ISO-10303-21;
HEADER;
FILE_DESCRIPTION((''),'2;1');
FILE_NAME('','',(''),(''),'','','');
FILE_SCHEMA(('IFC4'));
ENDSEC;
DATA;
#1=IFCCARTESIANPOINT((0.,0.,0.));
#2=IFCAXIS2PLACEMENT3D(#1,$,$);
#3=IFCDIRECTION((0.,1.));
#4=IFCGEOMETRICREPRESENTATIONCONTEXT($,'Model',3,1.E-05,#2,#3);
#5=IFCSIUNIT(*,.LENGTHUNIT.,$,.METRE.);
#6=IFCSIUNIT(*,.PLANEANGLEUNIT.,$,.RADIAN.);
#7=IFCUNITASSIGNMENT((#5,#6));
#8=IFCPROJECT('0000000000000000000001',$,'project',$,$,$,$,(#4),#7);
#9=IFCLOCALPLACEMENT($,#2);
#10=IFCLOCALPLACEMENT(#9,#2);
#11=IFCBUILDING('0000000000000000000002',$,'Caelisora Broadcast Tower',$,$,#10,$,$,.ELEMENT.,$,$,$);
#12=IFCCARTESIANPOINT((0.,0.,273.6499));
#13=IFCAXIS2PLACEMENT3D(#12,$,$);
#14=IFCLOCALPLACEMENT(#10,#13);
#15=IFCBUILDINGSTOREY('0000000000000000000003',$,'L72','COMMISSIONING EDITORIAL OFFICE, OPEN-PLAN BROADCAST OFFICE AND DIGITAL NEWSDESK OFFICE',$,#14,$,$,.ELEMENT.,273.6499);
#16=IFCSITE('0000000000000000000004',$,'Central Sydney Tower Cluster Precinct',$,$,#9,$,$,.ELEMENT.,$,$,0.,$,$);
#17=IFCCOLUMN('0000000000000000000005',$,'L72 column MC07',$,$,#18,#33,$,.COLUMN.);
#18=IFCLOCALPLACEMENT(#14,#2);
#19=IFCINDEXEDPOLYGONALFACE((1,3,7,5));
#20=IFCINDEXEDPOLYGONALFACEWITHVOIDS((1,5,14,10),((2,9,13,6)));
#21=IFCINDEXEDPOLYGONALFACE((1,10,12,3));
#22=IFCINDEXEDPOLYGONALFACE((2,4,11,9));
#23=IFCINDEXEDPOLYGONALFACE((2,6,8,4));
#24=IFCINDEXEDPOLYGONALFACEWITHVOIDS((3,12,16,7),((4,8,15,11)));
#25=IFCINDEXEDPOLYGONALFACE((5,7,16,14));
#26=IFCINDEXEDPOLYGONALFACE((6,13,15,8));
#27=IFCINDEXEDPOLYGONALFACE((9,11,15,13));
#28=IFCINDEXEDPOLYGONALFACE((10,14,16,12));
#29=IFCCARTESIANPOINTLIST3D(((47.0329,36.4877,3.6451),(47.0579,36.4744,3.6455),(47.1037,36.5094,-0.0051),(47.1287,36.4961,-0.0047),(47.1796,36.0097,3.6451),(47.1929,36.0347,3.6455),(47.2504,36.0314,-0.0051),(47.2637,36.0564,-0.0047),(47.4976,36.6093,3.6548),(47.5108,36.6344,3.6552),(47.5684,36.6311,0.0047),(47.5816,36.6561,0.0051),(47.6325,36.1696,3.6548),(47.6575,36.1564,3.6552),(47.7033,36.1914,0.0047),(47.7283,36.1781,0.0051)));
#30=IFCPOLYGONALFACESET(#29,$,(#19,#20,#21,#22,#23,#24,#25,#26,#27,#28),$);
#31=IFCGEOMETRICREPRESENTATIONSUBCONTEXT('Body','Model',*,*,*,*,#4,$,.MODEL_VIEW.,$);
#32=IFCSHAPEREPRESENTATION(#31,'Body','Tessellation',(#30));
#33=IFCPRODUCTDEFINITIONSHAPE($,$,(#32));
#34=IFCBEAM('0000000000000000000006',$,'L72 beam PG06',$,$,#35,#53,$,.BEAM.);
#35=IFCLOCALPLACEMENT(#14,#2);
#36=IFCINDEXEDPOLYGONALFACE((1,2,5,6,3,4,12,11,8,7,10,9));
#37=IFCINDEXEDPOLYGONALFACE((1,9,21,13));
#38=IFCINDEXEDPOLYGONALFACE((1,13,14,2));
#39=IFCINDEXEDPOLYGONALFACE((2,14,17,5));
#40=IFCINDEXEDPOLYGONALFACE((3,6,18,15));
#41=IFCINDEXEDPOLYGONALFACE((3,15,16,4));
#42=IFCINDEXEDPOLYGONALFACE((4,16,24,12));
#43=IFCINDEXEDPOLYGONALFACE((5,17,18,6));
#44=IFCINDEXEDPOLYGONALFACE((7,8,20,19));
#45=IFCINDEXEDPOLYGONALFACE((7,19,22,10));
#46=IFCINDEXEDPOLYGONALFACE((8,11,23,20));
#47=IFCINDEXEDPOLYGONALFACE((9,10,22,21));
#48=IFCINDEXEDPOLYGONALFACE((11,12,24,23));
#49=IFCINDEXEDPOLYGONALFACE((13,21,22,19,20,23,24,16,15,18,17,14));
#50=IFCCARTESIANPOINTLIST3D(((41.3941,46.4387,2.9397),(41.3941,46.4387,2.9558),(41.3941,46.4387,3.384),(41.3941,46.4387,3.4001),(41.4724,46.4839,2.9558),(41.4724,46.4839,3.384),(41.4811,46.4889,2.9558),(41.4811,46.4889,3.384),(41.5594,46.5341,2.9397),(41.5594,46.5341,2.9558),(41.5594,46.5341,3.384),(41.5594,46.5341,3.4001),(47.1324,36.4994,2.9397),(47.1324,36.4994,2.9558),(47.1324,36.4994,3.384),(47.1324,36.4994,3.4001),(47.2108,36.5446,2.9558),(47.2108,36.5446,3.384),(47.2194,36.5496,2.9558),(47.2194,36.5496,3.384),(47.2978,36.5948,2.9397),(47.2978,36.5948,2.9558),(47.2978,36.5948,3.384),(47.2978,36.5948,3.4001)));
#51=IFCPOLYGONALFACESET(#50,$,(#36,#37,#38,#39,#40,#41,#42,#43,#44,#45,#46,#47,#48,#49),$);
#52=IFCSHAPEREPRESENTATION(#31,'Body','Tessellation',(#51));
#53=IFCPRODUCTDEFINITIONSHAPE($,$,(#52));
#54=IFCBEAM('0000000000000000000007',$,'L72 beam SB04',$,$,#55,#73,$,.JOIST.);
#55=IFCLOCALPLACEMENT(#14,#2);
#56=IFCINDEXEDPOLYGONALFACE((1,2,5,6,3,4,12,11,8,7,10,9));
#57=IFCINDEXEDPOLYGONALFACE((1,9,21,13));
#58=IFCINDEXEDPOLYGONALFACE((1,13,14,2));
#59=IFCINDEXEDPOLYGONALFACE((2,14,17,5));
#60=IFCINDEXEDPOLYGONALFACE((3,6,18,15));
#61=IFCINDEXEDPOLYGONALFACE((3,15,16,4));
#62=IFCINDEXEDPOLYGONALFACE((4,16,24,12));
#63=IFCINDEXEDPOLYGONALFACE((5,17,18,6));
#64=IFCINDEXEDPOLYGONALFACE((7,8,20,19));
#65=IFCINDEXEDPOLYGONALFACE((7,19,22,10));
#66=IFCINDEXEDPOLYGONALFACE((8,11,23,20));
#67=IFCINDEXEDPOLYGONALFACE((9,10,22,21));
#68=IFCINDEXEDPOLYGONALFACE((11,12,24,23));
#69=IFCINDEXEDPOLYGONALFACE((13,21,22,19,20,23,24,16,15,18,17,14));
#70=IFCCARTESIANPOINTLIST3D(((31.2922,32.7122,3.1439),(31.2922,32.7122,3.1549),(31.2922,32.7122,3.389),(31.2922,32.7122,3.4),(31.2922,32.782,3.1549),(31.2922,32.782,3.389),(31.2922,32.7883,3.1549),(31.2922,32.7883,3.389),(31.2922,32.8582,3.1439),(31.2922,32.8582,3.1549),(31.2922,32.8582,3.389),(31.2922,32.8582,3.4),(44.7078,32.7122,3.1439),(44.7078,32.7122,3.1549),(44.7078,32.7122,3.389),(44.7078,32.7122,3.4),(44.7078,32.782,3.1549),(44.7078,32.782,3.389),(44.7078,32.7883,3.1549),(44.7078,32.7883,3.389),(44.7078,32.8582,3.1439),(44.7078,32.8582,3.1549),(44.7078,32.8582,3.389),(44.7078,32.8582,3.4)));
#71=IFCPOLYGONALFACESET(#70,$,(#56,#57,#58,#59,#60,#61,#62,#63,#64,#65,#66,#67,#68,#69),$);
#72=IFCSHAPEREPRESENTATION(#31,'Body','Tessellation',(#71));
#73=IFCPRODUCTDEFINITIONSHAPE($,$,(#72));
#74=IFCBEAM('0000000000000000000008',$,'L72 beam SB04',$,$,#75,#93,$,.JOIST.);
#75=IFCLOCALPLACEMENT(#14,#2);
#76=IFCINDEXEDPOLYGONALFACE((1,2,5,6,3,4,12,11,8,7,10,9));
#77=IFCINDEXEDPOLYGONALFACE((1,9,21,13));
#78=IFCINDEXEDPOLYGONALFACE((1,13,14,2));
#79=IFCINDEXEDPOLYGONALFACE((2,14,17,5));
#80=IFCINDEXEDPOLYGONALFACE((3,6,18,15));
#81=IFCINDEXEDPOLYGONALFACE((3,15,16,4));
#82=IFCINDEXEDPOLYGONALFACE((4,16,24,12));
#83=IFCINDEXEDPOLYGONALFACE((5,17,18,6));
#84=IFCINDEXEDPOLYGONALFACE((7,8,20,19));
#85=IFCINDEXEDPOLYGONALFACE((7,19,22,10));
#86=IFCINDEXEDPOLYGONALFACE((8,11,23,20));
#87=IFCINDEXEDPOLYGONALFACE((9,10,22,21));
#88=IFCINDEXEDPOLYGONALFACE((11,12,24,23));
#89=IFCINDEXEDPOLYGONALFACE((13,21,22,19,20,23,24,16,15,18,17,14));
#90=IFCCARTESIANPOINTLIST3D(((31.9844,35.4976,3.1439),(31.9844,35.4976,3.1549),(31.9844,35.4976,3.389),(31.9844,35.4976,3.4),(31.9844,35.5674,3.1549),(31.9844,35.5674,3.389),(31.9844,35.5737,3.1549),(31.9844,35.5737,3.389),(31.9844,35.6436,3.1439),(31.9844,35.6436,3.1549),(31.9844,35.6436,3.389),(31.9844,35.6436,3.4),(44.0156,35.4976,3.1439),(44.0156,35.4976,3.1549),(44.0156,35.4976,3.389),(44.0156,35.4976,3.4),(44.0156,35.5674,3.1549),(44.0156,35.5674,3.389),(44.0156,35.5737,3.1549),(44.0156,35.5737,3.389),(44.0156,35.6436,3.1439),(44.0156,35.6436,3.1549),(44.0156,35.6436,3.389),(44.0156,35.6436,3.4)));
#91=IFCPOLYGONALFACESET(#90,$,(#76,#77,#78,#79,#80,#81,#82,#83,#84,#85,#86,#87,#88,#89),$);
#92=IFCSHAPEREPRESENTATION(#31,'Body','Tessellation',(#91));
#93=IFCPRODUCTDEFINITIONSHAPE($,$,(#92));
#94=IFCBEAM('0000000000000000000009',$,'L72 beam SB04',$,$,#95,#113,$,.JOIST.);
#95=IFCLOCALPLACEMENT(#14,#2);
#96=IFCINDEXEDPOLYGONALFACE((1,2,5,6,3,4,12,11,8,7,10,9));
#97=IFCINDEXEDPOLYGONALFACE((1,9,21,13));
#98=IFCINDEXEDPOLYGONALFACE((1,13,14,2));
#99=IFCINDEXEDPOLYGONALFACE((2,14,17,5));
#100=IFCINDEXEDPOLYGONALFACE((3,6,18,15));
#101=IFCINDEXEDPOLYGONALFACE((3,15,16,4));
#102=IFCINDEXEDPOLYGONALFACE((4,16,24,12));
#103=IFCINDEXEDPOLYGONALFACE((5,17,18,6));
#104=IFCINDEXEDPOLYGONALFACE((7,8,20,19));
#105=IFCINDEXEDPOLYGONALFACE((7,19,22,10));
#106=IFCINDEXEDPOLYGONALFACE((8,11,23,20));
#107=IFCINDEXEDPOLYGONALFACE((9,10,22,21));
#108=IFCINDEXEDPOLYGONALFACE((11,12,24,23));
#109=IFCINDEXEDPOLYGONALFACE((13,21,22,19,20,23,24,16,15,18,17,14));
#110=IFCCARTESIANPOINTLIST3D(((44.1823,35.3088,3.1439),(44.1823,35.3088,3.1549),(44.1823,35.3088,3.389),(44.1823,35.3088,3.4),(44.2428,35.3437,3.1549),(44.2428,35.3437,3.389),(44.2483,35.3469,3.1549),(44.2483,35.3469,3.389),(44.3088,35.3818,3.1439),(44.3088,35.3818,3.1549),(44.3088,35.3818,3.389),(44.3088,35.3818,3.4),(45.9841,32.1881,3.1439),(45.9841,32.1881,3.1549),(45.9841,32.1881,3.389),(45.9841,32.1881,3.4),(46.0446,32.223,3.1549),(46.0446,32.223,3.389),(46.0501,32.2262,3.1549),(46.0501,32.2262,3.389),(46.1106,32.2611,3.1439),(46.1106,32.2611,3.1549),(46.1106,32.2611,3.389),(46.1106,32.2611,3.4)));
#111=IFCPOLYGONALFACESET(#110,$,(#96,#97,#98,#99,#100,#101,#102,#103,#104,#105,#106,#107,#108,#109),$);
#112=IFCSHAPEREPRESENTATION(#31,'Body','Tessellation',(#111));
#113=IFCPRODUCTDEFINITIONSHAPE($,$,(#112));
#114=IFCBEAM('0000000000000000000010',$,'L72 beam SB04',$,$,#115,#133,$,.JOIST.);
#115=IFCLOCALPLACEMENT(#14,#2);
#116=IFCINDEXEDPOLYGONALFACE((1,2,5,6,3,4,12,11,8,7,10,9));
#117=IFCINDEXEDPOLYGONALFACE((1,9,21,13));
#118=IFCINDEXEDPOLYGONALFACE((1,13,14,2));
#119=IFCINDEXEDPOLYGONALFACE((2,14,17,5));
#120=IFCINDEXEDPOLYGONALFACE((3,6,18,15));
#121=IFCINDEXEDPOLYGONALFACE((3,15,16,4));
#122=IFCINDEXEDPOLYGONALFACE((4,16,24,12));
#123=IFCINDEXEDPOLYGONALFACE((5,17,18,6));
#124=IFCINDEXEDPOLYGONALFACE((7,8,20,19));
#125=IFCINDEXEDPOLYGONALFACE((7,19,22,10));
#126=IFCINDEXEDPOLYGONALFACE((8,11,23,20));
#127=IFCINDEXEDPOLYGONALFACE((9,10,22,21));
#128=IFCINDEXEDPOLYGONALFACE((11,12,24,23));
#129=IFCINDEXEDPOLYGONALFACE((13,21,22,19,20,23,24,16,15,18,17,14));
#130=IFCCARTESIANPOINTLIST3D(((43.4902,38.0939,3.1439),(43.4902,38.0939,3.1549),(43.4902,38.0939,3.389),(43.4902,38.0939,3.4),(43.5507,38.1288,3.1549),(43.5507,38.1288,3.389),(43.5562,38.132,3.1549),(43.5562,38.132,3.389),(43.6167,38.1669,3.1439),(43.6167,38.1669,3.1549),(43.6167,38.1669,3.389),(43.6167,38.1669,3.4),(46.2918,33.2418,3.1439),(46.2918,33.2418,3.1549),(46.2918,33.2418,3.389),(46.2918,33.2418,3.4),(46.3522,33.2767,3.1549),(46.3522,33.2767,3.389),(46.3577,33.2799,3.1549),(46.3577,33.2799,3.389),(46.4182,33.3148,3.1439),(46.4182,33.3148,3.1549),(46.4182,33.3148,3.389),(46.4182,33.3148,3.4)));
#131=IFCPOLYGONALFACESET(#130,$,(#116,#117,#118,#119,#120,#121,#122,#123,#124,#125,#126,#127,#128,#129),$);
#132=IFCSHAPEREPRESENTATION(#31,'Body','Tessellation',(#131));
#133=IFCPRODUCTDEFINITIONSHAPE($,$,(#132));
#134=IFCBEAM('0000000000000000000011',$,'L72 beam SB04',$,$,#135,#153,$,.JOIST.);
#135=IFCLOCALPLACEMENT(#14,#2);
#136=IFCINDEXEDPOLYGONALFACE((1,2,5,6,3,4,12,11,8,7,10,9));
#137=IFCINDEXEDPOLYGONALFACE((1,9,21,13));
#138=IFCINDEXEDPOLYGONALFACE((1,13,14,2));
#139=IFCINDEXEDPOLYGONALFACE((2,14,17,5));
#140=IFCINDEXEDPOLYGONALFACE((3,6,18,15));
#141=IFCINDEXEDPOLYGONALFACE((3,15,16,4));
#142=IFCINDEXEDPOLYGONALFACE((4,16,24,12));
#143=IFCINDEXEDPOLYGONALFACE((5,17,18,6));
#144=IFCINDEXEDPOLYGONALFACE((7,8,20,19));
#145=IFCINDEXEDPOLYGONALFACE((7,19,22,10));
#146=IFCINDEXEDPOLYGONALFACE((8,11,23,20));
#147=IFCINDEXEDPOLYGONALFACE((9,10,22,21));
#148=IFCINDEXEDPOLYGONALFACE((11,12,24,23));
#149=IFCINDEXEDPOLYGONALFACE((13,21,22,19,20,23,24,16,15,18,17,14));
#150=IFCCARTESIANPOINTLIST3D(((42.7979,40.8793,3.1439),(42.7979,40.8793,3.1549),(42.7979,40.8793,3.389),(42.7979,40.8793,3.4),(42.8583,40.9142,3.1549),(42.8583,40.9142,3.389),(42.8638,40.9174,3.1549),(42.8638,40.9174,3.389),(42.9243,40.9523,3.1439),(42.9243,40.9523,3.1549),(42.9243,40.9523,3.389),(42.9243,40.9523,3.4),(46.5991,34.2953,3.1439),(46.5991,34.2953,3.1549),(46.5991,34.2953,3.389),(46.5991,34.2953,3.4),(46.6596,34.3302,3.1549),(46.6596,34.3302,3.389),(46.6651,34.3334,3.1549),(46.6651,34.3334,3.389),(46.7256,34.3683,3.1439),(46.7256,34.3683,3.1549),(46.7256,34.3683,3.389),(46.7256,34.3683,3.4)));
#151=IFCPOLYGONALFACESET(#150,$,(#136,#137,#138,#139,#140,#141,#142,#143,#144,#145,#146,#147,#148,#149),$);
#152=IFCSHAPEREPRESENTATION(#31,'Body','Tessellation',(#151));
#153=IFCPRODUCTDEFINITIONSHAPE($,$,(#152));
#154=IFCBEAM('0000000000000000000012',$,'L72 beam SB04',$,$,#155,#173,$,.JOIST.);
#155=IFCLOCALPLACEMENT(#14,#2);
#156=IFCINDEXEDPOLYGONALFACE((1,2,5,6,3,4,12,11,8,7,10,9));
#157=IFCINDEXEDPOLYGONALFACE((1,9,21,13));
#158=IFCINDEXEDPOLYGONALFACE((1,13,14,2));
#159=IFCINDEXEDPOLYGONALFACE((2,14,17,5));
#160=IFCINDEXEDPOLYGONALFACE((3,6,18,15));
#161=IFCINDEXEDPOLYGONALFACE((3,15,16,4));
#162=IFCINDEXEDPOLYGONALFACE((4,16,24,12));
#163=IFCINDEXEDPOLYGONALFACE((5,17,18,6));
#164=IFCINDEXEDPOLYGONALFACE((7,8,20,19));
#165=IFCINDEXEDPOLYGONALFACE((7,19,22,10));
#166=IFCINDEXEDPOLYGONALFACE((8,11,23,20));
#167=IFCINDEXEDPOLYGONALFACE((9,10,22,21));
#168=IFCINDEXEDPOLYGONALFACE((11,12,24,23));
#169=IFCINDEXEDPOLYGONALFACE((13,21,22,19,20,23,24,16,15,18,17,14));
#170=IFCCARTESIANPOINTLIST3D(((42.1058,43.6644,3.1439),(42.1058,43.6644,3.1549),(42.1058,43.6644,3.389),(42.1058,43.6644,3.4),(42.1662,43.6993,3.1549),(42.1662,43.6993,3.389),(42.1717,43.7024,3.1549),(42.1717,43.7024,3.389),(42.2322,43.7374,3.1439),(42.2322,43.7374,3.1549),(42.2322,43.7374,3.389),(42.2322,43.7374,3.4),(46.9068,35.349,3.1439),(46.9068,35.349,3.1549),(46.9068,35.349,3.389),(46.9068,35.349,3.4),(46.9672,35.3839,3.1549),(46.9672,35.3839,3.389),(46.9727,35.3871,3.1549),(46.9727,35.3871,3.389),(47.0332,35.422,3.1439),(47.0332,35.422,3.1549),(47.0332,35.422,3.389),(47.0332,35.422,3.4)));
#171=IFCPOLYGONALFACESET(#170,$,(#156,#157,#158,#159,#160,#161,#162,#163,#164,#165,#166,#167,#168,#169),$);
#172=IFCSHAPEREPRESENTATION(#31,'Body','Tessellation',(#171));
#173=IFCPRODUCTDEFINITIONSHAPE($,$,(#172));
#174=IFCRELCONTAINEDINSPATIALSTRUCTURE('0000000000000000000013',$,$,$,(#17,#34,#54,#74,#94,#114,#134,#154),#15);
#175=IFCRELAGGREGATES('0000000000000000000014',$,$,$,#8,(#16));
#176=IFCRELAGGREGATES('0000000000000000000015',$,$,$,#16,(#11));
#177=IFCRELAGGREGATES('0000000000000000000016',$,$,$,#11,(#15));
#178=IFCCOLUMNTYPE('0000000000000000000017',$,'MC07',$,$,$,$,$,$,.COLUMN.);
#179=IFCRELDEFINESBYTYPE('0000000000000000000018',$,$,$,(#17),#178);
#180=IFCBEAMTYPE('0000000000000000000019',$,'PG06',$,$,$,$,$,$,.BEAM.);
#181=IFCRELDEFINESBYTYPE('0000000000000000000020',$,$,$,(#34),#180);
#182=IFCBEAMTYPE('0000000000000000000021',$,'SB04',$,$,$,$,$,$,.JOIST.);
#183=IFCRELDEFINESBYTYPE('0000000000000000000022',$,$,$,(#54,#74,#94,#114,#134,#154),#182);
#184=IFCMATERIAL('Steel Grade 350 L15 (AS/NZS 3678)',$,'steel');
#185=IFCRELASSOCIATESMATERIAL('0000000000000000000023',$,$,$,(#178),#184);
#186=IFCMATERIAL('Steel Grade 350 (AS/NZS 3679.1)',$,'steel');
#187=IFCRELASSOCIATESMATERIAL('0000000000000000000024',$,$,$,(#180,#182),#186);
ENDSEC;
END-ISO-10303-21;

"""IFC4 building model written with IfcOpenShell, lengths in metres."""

from ifc_helpers import new_model, si_unit, direction, frame, origin, origin_2d, place, context, subcontext, project, spatial, hollow_rectangle, i_section, extrude, source, transform, mapped, material, material_profile, profile_set, type_object, type_shapes, element, save


model = new_model("IFC4")

# Units and contexts
model_context = context("Model", 3, precision=1e-05, world=origin(), true_north=direction((0.0, 1.0)))
body_context = subcontext(model_context, "Body", "Model", "MODEL_VIEW")
ifc_project = project(units=[si_unit("LENGTHUNIT", "METRE"), si_unit("PLANEANGLEUNIT", "RADIAN")], contexts=[model_context])

# Site, building, storey
site_placement = place(None, origin())
site = spatial("IfcSite", under=ifc_project, at=site_placement, Name="Central Sydney Tower Cluster Precinct", CompositionType="ELEMENT", RefElevation=0.0)
building_placement = place(site_placement, origin())
building = spatial("IfcBuilding", under=site, at=building_placement, Name="Caelisora Broadcast Tower", CompositionType="ELEMENT")
storey_placement = place(building_placement, frame((0.0, 0.0, 273.6499)))
storey = spatial("IfcBuildingStorey", under=building, at=storey_placement, Name="L72", Description="COMMISSIONING EDITORIAL OFFICE, OPEN-PLAN BROADCAST OFFICE AND DIGITAL NEWSDESK OFFICE", CompositionType="ELEMENT", Elevation=273.6499)

# Column
ifc_material_1 = material(Name="Steel Grade 350 L15 (AS/NZS 3678)", Category="steel")
ifc_material_profile_1 = material_profile(ifc_material_1, hollow_rectangle(XDim=0.5, YDim=0.5, WallThickness=0.02, at=origin_2d()), Name="Steel Grade 350 L15 (AS/NZS 3678)")
ifc_profile_set_1 = profile_set([ifc_material_profile_1], Name="Steel Grade 350 L15 (AS/NZS 3678)")
column_type = type_object("IfcColumnType", Name="MC07", PredefinedType="COLUMN", material=ifc_profile_set_1)
shared_shape_1 = source(origin(), body_context, "Body", "SweptSolid", [
    extrude(hollow_rectangle(XDim=0.5, YDim=0.5, WallThickness=0.02, at=origin_2d()), origin(), (0.0, 0.0, 1.0), 3.6509),
])
type_shapes(column_type, [shared_shape_1])
column_placement = place(storey_placement, frame((47.416, 36.3438, 0.0), z_axis=(-0.019393, -0.005952, 0.999794), x_axis=(0.293391, -0.955993, 0.0)))
element("IfcColumn", 1, at=column_placement, inside=storey, type_object=column_type, Name="L72 column MC07", PredefinedType="COLUMN", context=body_context, shape_type="MappedRepresentation", body=[
    mapped(shared_shape_1, transform((0.0, 0.0, 0.0), scale=1.0)),
])

# Beams
ifc_material_2 = material(Name="Steel Grade 350 (AS/NZS 3679.1)", Category="steel")
ifc_material_profile_2 = material_profile(ifc_material_2, i_section(OverallWidth=0.1909, OverallDepth=0.4604, WebThickness=0.01, FlangeThickness=0.0161, at=origin_2d()), Name="Steel Grade 350 (AS/NZS 3679.1)")
ifc_profile_set_2 = profile_set([ifc_material_profile_2], Name="Steel Grade 350 (AS/NZS 3679.1)")
beam_type_1 = type_object("IfcBeamType", Name="PG06", PredefinedType="BEAM", material=ifc_profile_set_2)
shared_shape_2 = source(origin(), body_context, "Body", "SweptSolid", [
    extrude(i_section(OverallWidth=0.1909, OverallDepth=0.4604, WebThickness=0.01, FlangeThickness=0.0161, at=origin_2d()), origin(), (0.0, 0.0, 1.0), 11.4768),
])
type_shapes(beam_type_1, [shared_shape_2])
beam_1_placement = place(storey_placement, frame((47.2151, 36.5471, 3.1699), z_axis=(-0.499992, 0.86603, 0.0), x_axis=(-0.86603, -0.499992, 0.0)))
element("IfcBeam", 2, at=beam_1_placement, inside=storey, type_object=beam_type_1, Name="L72 beam PG06", PredefinedType="BEAM", context=body_context, shape_type="MappedRepresentation", body=[
    mapped(shared_shape_2, transform((0.0, 0.0, 0.0), scale=1.0)),
])
ifc_material_profile_3 = material_profile(ifc_material_2, i_section(OverallWidth=0.146, OverallDepth=0.2561, WebThickness=0.0063, FlangeThickness=0.011, at=origin_2d()), Name="Steel Grade 350 (AS/NZS 3679.1)")
ifc_profile_set_3 = profile_set([ifc_material_profile_3], Name="Steel Grade 350 (AS/NZS 3679.1)")
beam_type_2 = type_object("IfcBeamType", Name="SB04", PredefinedType="JOIST", material=ifc_profile_set_3)
shared_shape_3 = source(origin(), body_context, "Body", "SweptSolid", [
    extrude(i_section(OverallWidth=0.146, OverallDepth=0.2561, WebThickness=0.0063, FlangeThickness=0.011, at=origin_2d()), origin(), (0.0, 0.0, 1.0), 13.4155),
])
beam_2_placement = place(storey_placement, frame((44.7078, 32.7852, 3.272), z_axis=(-1.0, 0.0, 0.0), x_axis=(0.0, -1.0, 0.0)))
element("IfcBeam", 3, at=beam_2_placement, inside=storey, type_object=beam_type_2, Name="L72 beam SB04", PredefinedType="JOIST", context=body_context, shape_type="MappedRepresentation", body=[
    mapped(shared_shape_3, transform((0.0, 0.0, 0.0), scale=1.0)),
])
shared_shape_4 = source(origin(), body_context, "Body", "SweptSolid", [
    extrude(i_section(OverallWidth=0.146, OverallDepth=0.2561, WebThickness=0.0063, FlangeThickness=0.011, at=origin_2d()), origin(), (0.0, 0.0, 1.0), 12.0312),
])
beam_3_placement = place(storey_placement, frame((44.0156, 35.5706, 3.272), z_axis=(-1.0, 0.0, 0.0), x_axis=(0.0, -1.0, 0.0)))
element("IfcBeam", 4, at=beam_3_placement, inside=storey, type_object=beam_type_2, Name="L72 beam SB04", PredefinedType="JOIST", context=body_context, shape_type="MappedRepresentation", body=[
    mapped(shared_shape_4, transform((0.0, 0.0, 0.0), scale=1.0)),
])
shared_shape_5 = source(origin(), body_context, "Body", "SweptSolid", [
    extrude(i_section(OverallWidth=0.146, OverallDepth=0.2561, WebThickness=0.0063, FlangeThickness=0.011, at=origin_2d()), origin(), (0.0, 0.0, 1.0), 3.6035),
])
beam_4_placement = place(storey_placement, frame((46.0474, 32.2246, 3.272), z_axis=(-0.500016, 0.866016, 0.0), x_axis=(-0.866016, -0.500016, 0.0)))
element("IfcBeam", 5, at=beam_4_placement, inside=storey, type_object=beam_type_2, Name="L72 beam SB04", PredefinedType="JOIST", context=body_context, shape_type="MappedRepresentation", body=[
    mapped(shared_shape_5, transform((0.0, 0.0, 0.0), scale=1.0)),
])
shared_shape_6 = source(origin(), body_context, "Body", "SweptSolid", [
    extrude(i_section(OverallWidth=0.146, OverallDepth=0.2561, WebThickness=0.0063, FlangeThickness=0.011, at=origin_2d()), origin(), (0.0, 0.0, 1.0), 5.6028),
])
beam_5_placement = place(storey_placement, frame((46.355, 33.2783, 3.272), z_axis=(-0.500024, 0.866011, 0.0), x_axis=(-0.866011, -0.500024, 0.0)))
element("IfcBeam", 6, at=beam_5_placement, inside=storey, type_object=beam_type_2, Name="L72 beam SB04", PredefinedType="JOIST", context=body_context, shape_type="MappedRepresentation", body=[
    mapped(shared_shape_6, transform((0.0, 0.0, 0.0), scale=1.0)),
])
shared_shape_7 = source(origin(), body_context, "Body", "SweptSolid", [
    extrude(i_section(OverallWidth=0.146, OverallDepth=0.2561, WebThickness=0.0063, FlangeThickness=0.011, at=origin_2d()), origin(), (0.0, 0.0, 1.0), 7.6025),
])
beam_6_placement = place(storey_placement, frame((46.6624, 34.3318, 3.272), z_axis=(-0.5, 0.866025, 0.0), x_axis=(-0.866025, -0.5, 0.0)))
element("IfcBeam", 7, at=beam_6_placement, inside=storey, type_object=beam_type_2, Name="L72 beam SB04", PredefinedType="JOIST", context=body_context, shape_type="MappedRepresentation", body=[
    mapped(shared_shape_7, transform((0.0, 0.0, 0.0), scale=1.0)),
])
shared_shape_8 = source(origin(), body_context, "Body", "SweptSolid", [
    extrude(i_section(OverallWidth=0.146, OverallDepth=0.2561, WebThickness=0.0063, FlangeThickness=0.011, at=origin_2d()), origin(), (0.0, 0.0, 1.0), 9.6018),
])
type_shapes(beam_type_2, [shared_shape_3, shared_shape_4, shared_shape_5, shared_shape_6, shared_shape_7, shared_shape_8])
beam_7_placement = place(storey_placement, frame((46.97, 35.3855, 3.272), z_axis=(-0.500009, 0.86602, 0.0), x_axis=(-0.86602, -0.500009, 0.0)))
element("IfcBeam", 8, at=beam_7_placement, inside=storey, type_object=beam_type_2, Name="L72 beam SB04", PredefinedType="JOIST", context=body_context, shape_type="MappedRepresentation", body=[
    mapped(shared_shape_8, transform((0.0, 0.0, 0.0), scale=1.0)),
])

save(model, "model.ifc")
